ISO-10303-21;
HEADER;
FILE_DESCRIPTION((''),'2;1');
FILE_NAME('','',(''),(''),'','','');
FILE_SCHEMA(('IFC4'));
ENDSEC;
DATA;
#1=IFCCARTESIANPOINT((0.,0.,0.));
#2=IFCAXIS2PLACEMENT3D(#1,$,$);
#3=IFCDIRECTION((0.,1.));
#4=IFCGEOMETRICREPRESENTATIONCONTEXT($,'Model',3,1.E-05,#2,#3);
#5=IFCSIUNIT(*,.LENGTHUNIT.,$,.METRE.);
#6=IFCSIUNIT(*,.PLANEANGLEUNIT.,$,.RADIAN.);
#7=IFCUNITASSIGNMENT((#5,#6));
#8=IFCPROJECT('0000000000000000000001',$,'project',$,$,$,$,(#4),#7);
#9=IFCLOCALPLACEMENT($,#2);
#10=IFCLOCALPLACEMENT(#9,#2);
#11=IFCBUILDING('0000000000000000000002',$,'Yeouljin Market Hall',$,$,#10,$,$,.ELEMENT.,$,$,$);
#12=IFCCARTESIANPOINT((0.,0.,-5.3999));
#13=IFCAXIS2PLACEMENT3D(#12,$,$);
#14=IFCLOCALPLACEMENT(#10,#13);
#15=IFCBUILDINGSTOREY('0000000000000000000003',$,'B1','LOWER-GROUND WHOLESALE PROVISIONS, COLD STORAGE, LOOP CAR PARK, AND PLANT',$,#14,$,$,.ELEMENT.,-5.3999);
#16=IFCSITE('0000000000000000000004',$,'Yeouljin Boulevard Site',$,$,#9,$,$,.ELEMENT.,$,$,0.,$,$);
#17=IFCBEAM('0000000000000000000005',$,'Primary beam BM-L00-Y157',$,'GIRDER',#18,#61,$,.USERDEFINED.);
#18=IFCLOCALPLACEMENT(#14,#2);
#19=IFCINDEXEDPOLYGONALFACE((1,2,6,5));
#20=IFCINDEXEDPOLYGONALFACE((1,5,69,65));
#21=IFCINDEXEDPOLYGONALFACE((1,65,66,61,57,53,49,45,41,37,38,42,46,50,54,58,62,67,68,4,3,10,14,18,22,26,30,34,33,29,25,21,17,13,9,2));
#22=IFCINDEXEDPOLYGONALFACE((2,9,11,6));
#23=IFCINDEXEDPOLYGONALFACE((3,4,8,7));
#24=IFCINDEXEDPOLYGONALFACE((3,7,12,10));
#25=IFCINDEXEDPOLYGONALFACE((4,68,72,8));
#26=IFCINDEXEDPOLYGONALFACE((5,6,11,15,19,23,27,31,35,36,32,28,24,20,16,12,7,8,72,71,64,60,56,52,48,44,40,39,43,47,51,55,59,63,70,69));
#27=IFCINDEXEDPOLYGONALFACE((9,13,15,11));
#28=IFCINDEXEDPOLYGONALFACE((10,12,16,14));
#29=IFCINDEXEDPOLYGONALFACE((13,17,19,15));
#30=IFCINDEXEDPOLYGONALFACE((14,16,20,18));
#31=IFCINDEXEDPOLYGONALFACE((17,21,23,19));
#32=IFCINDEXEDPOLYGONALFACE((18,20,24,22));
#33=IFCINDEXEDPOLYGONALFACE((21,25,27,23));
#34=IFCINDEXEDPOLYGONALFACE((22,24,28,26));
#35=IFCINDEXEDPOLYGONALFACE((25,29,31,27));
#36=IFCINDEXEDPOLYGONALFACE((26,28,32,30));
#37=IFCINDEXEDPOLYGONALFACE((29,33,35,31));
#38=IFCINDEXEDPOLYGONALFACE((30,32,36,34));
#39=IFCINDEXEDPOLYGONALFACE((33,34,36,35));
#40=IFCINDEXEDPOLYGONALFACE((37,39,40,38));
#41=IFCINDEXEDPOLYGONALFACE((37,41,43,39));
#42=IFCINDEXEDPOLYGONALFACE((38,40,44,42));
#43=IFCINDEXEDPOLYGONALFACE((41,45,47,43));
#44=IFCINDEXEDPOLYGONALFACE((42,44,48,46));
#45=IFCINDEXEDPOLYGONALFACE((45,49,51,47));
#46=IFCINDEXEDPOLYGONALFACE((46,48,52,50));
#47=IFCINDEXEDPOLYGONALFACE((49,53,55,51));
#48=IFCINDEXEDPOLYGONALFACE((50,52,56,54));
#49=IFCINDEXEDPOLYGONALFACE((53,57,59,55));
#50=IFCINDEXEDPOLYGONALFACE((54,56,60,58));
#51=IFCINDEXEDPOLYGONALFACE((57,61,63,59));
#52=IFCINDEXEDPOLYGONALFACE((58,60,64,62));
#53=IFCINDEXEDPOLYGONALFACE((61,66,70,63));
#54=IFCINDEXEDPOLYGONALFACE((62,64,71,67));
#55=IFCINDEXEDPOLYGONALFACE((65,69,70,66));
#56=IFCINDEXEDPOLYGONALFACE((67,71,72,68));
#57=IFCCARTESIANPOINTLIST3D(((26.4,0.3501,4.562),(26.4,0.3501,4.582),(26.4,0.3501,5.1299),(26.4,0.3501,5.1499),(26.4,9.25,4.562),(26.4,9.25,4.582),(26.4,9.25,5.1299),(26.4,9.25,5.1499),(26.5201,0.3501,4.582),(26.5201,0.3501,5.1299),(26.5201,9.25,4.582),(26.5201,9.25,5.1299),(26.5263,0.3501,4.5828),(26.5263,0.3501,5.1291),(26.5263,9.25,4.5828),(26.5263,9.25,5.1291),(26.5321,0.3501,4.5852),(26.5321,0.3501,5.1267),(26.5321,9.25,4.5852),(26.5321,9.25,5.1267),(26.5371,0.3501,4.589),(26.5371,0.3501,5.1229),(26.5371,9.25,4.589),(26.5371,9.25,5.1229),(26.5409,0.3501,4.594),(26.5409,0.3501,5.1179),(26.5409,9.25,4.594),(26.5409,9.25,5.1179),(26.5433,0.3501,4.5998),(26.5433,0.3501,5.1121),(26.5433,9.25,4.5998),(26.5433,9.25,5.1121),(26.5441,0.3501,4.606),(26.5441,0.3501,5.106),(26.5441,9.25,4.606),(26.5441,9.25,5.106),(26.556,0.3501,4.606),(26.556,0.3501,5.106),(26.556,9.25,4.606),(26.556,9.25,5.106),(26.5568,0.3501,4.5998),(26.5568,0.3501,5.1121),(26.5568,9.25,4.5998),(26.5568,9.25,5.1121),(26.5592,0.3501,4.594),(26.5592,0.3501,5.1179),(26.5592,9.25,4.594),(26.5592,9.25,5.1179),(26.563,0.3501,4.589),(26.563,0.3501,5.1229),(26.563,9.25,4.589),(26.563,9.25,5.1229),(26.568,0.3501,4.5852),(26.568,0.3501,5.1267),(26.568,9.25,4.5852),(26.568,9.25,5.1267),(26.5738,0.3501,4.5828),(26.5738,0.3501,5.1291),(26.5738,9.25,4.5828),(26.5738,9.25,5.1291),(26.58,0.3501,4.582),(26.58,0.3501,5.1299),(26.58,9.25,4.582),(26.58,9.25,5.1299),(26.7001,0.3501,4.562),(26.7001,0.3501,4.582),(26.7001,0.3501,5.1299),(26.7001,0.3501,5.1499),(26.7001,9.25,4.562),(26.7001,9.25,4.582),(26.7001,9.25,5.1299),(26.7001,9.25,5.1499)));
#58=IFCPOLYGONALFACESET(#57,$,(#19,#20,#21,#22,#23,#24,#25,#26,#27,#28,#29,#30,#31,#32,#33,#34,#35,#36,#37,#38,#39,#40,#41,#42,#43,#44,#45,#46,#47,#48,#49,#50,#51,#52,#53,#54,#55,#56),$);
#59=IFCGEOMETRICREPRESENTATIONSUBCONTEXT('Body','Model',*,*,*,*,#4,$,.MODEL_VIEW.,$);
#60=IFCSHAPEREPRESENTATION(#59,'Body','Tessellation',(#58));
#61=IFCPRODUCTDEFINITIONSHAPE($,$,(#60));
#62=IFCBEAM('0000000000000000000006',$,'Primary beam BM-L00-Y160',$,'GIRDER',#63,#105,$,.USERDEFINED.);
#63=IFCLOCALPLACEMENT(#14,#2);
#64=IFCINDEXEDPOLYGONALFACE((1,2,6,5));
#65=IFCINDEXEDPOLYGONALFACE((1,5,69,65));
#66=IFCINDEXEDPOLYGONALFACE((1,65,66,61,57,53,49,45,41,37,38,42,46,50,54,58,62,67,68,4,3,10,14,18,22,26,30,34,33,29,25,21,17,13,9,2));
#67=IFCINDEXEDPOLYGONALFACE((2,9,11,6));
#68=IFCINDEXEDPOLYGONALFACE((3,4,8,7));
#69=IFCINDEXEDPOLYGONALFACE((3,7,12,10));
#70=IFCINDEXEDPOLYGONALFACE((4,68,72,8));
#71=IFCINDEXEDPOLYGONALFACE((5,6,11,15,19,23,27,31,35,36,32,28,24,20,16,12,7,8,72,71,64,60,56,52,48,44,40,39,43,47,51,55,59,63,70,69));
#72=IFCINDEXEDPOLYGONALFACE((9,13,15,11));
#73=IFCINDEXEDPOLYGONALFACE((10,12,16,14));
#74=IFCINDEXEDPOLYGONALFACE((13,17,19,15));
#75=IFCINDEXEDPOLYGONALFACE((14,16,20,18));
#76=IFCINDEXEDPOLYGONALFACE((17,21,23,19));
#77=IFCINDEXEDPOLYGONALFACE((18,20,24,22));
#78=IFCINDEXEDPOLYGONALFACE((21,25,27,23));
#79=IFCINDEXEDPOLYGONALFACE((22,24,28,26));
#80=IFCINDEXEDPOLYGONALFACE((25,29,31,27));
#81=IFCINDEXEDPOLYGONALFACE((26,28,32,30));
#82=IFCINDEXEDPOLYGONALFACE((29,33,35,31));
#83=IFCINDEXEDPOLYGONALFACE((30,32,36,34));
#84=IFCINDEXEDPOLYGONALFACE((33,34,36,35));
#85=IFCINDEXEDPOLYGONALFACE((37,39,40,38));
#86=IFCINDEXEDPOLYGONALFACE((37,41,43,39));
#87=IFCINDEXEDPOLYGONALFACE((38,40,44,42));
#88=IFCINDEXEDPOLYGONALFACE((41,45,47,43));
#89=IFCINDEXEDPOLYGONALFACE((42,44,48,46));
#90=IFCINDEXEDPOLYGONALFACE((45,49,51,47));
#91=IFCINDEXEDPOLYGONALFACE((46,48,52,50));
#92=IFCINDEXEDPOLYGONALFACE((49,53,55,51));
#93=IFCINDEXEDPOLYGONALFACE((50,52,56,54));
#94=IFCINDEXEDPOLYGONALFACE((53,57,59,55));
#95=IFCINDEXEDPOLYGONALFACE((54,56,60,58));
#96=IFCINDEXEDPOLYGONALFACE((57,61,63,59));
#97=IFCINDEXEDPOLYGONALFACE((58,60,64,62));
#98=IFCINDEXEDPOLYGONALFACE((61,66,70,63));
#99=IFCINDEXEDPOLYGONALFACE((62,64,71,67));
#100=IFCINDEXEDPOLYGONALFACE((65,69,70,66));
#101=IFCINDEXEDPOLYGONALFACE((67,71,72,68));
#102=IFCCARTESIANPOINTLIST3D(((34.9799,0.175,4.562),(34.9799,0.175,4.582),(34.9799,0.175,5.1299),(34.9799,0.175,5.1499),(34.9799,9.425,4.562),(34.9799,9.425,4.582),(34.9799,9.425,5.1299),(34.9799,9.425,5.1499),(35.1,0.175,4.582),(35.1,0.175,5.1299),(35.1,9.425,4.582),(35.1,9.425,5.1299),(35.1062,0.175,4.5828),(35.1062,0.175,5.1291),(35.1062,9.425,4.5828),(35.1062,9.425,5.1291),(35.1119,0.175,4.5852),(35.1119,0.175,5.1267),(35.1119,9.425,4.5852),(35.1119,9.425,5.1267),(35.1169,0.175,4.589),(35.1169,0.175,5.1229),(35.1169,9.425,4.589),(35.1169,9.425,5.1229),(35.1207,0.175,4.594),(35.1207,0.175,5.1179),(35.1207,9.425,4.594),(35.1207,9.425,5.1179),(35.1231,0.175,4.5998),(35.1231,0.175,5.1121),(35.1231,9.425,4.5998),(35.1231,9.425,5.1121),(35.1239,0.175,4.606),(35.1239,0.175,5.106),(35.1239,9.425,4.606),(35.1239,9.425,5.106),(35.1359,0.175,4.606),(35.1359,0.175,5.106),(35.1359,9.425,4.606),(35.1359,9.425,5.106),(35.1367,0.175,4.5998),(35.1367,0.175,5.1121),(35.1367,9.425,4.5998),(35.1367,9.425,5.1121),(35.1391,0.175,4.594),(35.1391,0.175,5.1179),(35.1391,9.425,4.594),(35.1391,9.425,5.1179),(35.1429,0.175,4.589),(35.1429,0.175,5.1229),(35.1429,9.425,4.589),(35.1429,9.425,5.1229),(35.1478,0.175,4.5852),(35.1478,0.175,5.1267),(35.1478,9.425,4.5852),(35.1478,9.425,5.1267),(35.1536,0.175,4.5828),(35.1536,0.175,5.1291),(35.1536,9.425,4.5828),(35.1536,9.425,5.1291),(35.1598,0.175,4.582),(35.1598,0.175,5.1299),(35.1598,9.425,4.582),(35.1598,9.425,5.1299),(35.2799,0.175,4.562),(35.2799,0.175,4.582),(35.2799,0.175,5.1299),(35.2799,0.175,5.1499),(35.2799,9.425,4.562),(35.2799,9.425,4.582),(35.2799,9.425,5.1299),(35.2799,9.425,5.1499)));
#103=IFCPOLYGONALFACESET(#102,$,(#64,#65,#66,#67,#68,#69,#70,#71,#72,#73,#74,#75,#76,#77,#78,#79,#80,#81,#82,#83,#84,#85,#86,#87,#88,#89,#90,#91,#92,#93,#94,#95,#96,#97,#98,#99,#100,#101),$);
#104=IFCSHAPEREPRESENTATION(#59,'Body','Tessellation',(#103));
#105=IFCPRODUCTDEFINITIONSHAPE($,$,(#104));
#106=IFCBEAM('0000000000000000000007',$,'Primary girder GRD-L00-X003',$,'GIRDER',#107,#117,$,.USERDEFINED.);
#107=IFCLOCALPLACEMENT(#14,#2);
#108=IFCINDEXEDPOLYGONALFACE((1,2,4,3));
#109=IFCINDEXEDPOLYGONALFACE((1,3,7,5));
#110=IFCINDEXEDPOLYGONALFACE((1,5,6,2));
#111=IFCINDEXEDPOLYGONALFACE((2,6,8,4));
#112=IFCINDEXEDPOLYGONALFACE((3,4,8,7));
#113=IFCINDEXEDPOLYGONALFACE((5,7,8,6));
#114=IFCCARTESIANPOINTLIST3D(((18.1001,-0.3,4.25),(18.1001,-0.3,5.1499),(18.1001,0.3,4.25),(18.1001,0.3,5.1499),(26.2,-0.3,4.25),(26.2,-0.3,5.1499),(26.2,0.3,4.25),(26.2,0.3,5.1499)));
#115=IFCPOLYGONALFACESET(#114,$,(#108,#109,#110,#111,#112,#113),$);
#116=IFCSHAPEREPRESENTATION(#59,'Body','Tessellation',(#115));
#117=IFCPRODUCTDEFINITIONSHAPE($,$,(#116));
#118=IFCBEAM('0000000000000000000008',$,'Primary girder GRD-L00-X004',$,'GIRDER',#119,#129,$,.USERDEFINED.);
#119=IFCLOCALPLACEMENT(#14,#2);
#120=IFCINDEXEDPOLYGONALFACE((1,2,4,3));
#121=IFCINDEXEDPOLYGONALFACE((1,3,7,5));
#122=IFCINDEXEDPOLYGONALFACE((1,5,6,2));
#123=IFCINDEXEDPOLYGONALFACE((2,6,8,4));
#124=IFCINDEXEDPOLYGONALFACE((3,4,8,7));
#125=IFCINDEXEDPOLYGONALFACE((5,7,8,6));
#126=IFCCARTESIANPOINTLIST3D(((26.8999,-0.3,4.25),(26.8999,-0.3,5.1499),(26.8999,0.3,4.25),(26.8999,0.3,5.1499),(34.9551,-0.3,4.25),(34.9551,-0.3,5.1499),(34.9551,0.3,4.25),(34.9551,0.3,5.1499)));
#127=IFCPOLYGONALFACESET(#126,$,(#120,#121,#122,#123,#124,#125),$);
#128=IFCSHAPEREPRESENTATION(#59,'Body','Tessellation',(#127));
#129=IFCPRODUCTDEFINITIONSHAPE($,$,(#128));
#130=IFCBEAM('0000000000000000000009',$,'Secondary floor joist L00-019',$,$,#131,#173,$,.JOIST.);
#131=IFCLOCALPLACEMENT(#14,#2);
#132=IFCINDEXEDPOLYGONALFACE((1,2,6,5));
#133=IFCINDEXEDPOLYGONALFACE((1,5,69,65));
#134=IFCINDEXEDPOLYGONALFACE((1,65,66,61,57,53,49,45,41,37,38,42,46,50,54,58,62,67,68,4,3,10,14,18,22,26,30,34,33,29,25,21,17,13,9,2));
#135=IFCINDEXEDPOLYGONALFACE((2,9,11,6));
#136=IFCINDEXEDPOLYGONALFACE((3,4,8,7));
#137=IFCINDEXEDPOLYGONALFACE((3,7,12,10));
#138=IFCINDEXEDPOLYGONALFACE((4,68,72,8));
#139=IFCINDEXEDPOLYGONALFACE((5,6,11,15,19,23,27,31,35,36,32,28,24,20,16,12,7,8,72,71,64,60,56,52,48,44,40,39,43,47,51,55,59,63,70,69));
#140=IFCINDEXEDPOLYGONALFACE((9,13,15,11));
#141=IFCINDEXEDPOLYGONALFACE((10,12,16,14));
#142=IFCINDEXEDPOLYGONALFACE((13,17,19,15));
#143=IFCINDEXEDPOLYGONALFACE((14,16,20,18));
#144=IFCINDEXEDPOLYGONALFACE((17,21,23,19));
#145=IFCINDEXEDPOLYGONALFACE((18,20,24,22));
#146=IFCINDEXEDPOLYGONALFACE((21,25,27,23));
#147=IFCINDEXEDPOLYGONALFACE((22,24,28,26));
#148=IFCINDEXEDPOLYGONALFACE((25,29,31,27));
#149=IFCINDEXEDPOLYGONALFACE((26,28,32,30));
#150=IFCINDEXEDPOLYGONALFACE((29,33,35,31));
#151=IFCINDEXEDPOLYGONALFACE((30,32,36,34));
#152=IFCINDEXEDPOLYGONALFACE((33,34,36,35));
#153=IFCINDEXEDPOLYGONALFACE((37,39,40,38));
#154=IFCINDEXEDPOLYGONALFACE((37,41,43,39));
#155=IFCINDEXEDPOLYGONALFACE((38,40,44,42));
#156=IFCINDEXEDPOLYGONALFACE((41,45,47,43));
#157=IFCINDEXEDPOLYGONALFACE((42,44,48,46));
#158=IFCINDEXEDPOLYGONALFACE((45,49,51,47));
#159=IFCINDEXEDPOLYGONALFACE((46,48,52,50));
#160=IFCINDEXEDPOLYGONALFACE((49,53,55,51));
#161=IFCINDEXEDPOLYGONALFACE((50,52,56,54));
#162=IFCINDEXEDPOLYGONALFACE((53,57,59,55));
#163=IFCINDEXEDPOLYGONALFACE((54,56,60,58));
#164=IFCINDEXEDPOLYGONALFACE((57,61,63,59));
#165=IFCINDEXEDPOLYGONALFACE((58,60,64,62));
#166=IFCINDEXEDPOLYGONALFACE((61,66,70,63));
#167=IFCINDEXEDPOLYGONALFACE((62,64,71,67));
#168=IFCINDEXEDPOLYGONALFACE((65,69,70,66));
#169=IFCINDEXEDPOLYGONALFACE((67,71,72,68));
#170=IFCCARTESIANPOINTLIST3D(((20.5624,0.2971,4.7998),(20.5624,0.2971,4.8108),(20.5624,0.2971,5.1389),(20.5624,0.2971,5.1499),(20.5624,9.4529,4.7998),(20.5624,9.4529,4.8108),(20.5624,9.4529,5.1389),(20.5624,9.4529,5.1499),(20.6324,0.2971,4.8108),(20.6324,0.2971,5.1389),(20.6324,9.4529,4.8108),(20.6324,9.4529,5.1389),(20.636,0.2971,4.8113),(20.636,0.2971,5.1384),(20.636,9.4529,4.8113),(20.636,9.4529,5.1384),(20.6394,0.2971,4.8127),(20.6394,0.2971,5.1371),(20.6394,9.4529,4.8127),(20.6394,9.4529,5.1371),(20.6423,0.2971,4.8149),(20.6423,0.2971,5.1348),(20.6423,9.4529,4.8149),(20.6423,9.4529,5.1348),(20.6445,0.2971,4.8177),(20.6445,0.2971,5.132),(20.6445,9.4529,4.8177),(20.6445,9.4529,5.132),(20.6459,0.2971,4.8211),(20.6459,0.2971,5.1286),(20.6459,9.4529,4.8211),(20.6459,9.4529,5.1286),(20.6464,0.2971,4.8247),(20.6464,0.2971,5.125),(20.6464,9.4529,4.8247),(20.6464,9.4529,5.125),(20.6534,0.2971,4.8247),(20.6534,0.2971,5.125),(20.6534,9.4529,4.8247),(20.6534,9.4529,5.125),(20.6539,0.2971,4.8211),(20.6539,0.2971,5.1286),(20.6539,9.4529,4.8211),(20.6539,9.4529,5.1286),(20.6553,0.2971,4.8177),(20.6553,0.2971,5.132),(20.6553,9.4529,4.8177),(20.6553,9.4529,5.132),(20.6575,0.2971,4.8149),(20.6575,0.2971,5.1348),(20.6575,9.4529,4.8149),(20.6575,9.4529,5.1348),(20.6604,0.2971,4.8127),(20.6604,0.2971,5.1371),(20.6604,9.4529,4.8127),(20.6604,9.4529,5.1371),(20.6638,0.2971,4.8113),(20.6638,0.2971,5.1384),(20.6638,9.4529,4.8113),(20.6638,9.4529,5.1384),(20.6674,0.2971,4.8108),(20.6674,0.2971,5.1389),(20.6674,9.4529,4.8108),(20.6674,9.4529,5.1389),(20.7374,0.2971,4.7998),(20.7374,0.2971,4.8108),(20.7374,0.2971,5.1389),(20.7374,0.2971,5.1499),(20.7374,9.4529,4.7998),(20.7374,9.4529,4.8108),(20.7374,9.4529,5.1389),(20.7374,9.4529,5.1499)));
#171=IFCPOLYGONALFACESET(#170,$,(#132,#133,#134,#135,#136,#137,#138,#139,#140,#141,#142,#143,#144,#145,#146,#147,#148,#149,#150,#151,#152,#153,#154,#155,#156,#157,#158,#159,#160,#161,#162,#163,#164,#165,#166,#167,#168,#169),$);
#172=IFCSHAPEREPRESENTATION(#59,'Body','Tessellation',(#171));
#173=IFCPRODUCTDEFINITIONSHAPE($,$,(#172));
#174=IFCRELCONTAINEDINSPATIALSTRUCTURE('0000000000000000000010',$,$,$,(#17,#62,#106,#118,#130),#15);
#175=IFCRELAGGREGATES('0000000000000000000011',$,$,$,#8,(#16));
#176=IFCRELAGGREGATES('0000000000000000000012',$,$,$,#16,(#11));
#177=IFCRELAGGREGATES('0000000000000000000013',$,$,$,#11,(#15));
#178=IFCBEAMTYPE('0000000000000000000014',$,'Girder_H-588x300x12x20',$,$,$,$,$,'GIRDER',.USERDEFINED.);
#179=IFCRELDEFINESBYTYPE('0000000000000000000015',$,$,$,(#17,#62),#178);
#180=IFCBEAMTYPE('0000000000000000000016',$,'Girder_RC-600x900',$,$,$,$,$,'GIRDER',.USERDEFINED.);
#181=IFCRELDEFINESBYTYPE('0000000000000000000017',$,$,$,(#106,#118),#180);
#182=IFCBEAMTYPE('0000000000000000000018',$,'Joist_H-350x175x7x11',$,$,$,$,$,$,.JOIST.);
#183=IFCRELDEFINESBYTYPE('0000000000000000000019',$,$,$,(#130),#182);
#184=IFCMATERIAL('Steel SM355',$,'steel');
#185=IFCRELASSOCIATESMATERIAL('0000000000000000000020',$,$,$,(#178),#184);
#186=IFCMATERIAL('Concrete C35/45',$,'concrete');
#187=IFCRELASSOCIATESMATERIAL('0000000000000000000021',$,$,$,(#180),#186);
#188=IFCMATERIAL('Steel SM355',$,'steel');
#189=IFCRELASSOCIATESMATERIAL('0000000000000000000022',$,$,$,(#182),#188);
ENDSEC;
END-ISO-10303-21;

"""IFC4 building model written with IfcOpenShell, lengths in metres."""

from ifc_helpers import new_model, si_unit, direction, frame, origin, origin_2d, place, context, subcontext, project, spatial, rectangle, i_section, extrude, material, material_profile, profile_set, type_object, element, save


model = new_model("IFC4")

# Units and contexts
model_context = context("Model", 3, precision=1e-05, world=origin(), true_north=direction((0.0, 1.0)))
body_context = subcontext(model_context, "Body", "Model", "MODEL_VIEW")
ifc_project = project(units=[si_unit("LENGTHUNIT", "METRE"), si_unit("PLANEANGLEUNIT", "RADIAN")], contexts=[model_context])

# Site, building, storey
site_placement = place(None, origin())
site = spatial("IfcSite", under=ifc_project, at=site_placement, Name="Yeouljin Boulevard Site", CompositionType="ELEMENT", RefElevation=0.0)
building_placement = place(site_placement, origin())
building = spatial("IfcBuilding", under=site, at=building_placement, Name="Yeouljin Market Hall", CompositionType="ELEMENT")
storey_placement = place(building_placement, frame((0.0, 0.0, -5.3999)))
storey = spatial("IfcBuildingStorey", under=building, at=storey_placement, Name="B1", Description="LOWER-GROUND WHOLESALE PROVISIONS, COLD STORAGE, LOOP CAR PARK, AND PLANT", CompositionType="ELEMENT", Elevation=-5.3999)

# Beams
ifc_material_1 = material(Name="Steel SM355", Category="steel")
ifc_material_profile_1 = material_profile(ifc_material_1, i_section(OverallWidth=0.3, OverallDepth=0.5879, WebThickness=0.012, FlangeThickness=0.02, FilletRadius=0.0239, at=origin_2d()), Name="H-588x300x12x20")
ifc_profile_set_1 = profile_set([ifc_material_profile_1], Name="Steel SM355")
beam_type_1 = type_object("IfcBeamType", Name="Girder_H-588x300x12x20", ElementType="GIRDER", PredefinedType="USERDEFINED", material=ifc_profile_set_1)
beam_1_placement = place(storey_placement, frame((26.55, 0.3501, 4.856), z_axis=(0.0, 1.0, 0.0), x_axis=(-1.0, 0.0, 0.0)))
element("IfcBeam", 1, at=beam_1_placement, inside=storey, type_object=beam_type_1, Name="Primary beam BM-L00-Y157", ObjectType="GIRDER", PredefinedType="USERDEFINED", context=body_context, shape_type="SweptSolid", body=[
    extrude(i_section(OverallWidth=0.3, OverallDepth=0.5879, WebThickness=0.012, FlangeThickness=0.02, FilletRadius=0.0239, at=origin_2d()), origin(), (0.0, 0.0, 1.0), 8.8999),
])
beam_2_placement = place(storey_placement, frame((35.1299, 0.175, 4.856), z_axis=(0.0, 1.0, 0.0), x_axis=(-1.0, 0.0, 0.0)))
element("IfcBeam", 2, at=beam_2_placement, inside=storey, type_object=beam_type_1, Name="Primary beam BM-L00-Y160", ObjectType="GIRDER", PredefinedType="USERDEFINED", context=body_context, shape_type="SweptSolid", body=[
    extrude(i_section(OverallWidth=0.3, OverallDepth=0.5879, WebThickness=0.012, FlangeThickness=0.02, FilletRadius=0.0239, at=origin_2d()), origin(), (0.0, 0.0, 1.0), 9.25),
])
ifc_material_2 = material(Name="Concrete C35/45", Category="concrete")
ifc_material_profile_2 = material_profile(ifc_material_2, rectangle(XDim=0.6001, YDim=0.8999, at=origin_2d()), Name="RC-600x900")
ifc_profile_set_2 = profile_set([ifc_material_profile_2], Name="Concrete C35/45")
beam_type_2 = type_object("IfcBeamType", Name="Girder_RC-600x900", ElementType="GIRDER", PredefinedType="USERDEFINED", material=ifc_profile_set_2)
beam_3_placement = place(storey_placement, frame((18.1001, 0.0, 4.7), z_axis=(1.0, 0.0, 0.0), x_axis=(0.0, 1.0, 0.0)))
element("IfcBeam", 3, at=beam_3_placement, inside=storey, type_object=beam_type_2, Name="Primary girder GRD-L00-X003", ObjectType="GIRDER", PredefinedType="USERDEFINED", context=body_context, shape_type="SweptSolid", body=[
    extrude(rectangle(XDim=0.6001, YDim=0.8999, at=origin_2d()), origin(), (0.0, 0.0, 1.0), 8.0999),
])
beam_4_placement = place(storey_placement, frame((26.8999, 0.0, 4.7), z_axis=(1.0, 0.0, 0.0), x_axis=(0.0, 1.0, 0.0)))
element("IfcBeam", 4, at=beam_4_placement, inside=storey, type_object=beam_type_2, Name="Primary girder GRD-L00-X004", ObjectType="GIRDER", PredefinedType="USERDEFINED", context=body_context, shape_type="SweptSolid", body=[
    extrude(rectangle(XDim=0.6001, YDim=0.8999, at=origin_2d()), origin(), (0.0, 0.0, 1.0), 8.0552),
])
ifc_material_3 = material(Name="Steel SM355", Category="steel")
ifc_material_profile_3 = material_profile(ifc_material_3, i_section(OverallWidth=0.175, OverallDepth=0.3501, WebThickness=0.0071, FlangeThickness=0.011, FilletRadius=0.0139, at=origin_2d()), Name="H-350x175x7x11")
ifc_profile_set_3 = profile_set([ifc_material_profile_3], Name="Steel SM355")
beam_type_3 = type_object("IfcBeamType", Name="Joist_H-350x175x7x11", PredefinedType="JOIST", material=ifc_profile_set_3)
for number, where, z_axis, x_axis, name in (
    (5, (20.6499, 0.2971, 4.9749), (0.0, 1.0, 0.0), (-1.0, 0.0, 0.0), "Secondary floor joist L00-019"),
):
    element("IfcBeam", number, at=place(storey_placement, frame(where, z_axis=z_axis, x_axis=x_axis)), inside=storey, type_object=beam_type_3, Name=name, PredefinedType="JOIST", context=body_context, shape_type="SweptSolid", body=[
        extrude(i_section(OverallWidth=0.175, OverallDepth=0.3501, WebThickness=0.0071, FlangeThickness=0.011, FilletRadius=0.0139, at=origin_2d()), origin(), (0.0, 0.0, 1.0), 9.1558),
    ])

save(model, "model.ifc")
